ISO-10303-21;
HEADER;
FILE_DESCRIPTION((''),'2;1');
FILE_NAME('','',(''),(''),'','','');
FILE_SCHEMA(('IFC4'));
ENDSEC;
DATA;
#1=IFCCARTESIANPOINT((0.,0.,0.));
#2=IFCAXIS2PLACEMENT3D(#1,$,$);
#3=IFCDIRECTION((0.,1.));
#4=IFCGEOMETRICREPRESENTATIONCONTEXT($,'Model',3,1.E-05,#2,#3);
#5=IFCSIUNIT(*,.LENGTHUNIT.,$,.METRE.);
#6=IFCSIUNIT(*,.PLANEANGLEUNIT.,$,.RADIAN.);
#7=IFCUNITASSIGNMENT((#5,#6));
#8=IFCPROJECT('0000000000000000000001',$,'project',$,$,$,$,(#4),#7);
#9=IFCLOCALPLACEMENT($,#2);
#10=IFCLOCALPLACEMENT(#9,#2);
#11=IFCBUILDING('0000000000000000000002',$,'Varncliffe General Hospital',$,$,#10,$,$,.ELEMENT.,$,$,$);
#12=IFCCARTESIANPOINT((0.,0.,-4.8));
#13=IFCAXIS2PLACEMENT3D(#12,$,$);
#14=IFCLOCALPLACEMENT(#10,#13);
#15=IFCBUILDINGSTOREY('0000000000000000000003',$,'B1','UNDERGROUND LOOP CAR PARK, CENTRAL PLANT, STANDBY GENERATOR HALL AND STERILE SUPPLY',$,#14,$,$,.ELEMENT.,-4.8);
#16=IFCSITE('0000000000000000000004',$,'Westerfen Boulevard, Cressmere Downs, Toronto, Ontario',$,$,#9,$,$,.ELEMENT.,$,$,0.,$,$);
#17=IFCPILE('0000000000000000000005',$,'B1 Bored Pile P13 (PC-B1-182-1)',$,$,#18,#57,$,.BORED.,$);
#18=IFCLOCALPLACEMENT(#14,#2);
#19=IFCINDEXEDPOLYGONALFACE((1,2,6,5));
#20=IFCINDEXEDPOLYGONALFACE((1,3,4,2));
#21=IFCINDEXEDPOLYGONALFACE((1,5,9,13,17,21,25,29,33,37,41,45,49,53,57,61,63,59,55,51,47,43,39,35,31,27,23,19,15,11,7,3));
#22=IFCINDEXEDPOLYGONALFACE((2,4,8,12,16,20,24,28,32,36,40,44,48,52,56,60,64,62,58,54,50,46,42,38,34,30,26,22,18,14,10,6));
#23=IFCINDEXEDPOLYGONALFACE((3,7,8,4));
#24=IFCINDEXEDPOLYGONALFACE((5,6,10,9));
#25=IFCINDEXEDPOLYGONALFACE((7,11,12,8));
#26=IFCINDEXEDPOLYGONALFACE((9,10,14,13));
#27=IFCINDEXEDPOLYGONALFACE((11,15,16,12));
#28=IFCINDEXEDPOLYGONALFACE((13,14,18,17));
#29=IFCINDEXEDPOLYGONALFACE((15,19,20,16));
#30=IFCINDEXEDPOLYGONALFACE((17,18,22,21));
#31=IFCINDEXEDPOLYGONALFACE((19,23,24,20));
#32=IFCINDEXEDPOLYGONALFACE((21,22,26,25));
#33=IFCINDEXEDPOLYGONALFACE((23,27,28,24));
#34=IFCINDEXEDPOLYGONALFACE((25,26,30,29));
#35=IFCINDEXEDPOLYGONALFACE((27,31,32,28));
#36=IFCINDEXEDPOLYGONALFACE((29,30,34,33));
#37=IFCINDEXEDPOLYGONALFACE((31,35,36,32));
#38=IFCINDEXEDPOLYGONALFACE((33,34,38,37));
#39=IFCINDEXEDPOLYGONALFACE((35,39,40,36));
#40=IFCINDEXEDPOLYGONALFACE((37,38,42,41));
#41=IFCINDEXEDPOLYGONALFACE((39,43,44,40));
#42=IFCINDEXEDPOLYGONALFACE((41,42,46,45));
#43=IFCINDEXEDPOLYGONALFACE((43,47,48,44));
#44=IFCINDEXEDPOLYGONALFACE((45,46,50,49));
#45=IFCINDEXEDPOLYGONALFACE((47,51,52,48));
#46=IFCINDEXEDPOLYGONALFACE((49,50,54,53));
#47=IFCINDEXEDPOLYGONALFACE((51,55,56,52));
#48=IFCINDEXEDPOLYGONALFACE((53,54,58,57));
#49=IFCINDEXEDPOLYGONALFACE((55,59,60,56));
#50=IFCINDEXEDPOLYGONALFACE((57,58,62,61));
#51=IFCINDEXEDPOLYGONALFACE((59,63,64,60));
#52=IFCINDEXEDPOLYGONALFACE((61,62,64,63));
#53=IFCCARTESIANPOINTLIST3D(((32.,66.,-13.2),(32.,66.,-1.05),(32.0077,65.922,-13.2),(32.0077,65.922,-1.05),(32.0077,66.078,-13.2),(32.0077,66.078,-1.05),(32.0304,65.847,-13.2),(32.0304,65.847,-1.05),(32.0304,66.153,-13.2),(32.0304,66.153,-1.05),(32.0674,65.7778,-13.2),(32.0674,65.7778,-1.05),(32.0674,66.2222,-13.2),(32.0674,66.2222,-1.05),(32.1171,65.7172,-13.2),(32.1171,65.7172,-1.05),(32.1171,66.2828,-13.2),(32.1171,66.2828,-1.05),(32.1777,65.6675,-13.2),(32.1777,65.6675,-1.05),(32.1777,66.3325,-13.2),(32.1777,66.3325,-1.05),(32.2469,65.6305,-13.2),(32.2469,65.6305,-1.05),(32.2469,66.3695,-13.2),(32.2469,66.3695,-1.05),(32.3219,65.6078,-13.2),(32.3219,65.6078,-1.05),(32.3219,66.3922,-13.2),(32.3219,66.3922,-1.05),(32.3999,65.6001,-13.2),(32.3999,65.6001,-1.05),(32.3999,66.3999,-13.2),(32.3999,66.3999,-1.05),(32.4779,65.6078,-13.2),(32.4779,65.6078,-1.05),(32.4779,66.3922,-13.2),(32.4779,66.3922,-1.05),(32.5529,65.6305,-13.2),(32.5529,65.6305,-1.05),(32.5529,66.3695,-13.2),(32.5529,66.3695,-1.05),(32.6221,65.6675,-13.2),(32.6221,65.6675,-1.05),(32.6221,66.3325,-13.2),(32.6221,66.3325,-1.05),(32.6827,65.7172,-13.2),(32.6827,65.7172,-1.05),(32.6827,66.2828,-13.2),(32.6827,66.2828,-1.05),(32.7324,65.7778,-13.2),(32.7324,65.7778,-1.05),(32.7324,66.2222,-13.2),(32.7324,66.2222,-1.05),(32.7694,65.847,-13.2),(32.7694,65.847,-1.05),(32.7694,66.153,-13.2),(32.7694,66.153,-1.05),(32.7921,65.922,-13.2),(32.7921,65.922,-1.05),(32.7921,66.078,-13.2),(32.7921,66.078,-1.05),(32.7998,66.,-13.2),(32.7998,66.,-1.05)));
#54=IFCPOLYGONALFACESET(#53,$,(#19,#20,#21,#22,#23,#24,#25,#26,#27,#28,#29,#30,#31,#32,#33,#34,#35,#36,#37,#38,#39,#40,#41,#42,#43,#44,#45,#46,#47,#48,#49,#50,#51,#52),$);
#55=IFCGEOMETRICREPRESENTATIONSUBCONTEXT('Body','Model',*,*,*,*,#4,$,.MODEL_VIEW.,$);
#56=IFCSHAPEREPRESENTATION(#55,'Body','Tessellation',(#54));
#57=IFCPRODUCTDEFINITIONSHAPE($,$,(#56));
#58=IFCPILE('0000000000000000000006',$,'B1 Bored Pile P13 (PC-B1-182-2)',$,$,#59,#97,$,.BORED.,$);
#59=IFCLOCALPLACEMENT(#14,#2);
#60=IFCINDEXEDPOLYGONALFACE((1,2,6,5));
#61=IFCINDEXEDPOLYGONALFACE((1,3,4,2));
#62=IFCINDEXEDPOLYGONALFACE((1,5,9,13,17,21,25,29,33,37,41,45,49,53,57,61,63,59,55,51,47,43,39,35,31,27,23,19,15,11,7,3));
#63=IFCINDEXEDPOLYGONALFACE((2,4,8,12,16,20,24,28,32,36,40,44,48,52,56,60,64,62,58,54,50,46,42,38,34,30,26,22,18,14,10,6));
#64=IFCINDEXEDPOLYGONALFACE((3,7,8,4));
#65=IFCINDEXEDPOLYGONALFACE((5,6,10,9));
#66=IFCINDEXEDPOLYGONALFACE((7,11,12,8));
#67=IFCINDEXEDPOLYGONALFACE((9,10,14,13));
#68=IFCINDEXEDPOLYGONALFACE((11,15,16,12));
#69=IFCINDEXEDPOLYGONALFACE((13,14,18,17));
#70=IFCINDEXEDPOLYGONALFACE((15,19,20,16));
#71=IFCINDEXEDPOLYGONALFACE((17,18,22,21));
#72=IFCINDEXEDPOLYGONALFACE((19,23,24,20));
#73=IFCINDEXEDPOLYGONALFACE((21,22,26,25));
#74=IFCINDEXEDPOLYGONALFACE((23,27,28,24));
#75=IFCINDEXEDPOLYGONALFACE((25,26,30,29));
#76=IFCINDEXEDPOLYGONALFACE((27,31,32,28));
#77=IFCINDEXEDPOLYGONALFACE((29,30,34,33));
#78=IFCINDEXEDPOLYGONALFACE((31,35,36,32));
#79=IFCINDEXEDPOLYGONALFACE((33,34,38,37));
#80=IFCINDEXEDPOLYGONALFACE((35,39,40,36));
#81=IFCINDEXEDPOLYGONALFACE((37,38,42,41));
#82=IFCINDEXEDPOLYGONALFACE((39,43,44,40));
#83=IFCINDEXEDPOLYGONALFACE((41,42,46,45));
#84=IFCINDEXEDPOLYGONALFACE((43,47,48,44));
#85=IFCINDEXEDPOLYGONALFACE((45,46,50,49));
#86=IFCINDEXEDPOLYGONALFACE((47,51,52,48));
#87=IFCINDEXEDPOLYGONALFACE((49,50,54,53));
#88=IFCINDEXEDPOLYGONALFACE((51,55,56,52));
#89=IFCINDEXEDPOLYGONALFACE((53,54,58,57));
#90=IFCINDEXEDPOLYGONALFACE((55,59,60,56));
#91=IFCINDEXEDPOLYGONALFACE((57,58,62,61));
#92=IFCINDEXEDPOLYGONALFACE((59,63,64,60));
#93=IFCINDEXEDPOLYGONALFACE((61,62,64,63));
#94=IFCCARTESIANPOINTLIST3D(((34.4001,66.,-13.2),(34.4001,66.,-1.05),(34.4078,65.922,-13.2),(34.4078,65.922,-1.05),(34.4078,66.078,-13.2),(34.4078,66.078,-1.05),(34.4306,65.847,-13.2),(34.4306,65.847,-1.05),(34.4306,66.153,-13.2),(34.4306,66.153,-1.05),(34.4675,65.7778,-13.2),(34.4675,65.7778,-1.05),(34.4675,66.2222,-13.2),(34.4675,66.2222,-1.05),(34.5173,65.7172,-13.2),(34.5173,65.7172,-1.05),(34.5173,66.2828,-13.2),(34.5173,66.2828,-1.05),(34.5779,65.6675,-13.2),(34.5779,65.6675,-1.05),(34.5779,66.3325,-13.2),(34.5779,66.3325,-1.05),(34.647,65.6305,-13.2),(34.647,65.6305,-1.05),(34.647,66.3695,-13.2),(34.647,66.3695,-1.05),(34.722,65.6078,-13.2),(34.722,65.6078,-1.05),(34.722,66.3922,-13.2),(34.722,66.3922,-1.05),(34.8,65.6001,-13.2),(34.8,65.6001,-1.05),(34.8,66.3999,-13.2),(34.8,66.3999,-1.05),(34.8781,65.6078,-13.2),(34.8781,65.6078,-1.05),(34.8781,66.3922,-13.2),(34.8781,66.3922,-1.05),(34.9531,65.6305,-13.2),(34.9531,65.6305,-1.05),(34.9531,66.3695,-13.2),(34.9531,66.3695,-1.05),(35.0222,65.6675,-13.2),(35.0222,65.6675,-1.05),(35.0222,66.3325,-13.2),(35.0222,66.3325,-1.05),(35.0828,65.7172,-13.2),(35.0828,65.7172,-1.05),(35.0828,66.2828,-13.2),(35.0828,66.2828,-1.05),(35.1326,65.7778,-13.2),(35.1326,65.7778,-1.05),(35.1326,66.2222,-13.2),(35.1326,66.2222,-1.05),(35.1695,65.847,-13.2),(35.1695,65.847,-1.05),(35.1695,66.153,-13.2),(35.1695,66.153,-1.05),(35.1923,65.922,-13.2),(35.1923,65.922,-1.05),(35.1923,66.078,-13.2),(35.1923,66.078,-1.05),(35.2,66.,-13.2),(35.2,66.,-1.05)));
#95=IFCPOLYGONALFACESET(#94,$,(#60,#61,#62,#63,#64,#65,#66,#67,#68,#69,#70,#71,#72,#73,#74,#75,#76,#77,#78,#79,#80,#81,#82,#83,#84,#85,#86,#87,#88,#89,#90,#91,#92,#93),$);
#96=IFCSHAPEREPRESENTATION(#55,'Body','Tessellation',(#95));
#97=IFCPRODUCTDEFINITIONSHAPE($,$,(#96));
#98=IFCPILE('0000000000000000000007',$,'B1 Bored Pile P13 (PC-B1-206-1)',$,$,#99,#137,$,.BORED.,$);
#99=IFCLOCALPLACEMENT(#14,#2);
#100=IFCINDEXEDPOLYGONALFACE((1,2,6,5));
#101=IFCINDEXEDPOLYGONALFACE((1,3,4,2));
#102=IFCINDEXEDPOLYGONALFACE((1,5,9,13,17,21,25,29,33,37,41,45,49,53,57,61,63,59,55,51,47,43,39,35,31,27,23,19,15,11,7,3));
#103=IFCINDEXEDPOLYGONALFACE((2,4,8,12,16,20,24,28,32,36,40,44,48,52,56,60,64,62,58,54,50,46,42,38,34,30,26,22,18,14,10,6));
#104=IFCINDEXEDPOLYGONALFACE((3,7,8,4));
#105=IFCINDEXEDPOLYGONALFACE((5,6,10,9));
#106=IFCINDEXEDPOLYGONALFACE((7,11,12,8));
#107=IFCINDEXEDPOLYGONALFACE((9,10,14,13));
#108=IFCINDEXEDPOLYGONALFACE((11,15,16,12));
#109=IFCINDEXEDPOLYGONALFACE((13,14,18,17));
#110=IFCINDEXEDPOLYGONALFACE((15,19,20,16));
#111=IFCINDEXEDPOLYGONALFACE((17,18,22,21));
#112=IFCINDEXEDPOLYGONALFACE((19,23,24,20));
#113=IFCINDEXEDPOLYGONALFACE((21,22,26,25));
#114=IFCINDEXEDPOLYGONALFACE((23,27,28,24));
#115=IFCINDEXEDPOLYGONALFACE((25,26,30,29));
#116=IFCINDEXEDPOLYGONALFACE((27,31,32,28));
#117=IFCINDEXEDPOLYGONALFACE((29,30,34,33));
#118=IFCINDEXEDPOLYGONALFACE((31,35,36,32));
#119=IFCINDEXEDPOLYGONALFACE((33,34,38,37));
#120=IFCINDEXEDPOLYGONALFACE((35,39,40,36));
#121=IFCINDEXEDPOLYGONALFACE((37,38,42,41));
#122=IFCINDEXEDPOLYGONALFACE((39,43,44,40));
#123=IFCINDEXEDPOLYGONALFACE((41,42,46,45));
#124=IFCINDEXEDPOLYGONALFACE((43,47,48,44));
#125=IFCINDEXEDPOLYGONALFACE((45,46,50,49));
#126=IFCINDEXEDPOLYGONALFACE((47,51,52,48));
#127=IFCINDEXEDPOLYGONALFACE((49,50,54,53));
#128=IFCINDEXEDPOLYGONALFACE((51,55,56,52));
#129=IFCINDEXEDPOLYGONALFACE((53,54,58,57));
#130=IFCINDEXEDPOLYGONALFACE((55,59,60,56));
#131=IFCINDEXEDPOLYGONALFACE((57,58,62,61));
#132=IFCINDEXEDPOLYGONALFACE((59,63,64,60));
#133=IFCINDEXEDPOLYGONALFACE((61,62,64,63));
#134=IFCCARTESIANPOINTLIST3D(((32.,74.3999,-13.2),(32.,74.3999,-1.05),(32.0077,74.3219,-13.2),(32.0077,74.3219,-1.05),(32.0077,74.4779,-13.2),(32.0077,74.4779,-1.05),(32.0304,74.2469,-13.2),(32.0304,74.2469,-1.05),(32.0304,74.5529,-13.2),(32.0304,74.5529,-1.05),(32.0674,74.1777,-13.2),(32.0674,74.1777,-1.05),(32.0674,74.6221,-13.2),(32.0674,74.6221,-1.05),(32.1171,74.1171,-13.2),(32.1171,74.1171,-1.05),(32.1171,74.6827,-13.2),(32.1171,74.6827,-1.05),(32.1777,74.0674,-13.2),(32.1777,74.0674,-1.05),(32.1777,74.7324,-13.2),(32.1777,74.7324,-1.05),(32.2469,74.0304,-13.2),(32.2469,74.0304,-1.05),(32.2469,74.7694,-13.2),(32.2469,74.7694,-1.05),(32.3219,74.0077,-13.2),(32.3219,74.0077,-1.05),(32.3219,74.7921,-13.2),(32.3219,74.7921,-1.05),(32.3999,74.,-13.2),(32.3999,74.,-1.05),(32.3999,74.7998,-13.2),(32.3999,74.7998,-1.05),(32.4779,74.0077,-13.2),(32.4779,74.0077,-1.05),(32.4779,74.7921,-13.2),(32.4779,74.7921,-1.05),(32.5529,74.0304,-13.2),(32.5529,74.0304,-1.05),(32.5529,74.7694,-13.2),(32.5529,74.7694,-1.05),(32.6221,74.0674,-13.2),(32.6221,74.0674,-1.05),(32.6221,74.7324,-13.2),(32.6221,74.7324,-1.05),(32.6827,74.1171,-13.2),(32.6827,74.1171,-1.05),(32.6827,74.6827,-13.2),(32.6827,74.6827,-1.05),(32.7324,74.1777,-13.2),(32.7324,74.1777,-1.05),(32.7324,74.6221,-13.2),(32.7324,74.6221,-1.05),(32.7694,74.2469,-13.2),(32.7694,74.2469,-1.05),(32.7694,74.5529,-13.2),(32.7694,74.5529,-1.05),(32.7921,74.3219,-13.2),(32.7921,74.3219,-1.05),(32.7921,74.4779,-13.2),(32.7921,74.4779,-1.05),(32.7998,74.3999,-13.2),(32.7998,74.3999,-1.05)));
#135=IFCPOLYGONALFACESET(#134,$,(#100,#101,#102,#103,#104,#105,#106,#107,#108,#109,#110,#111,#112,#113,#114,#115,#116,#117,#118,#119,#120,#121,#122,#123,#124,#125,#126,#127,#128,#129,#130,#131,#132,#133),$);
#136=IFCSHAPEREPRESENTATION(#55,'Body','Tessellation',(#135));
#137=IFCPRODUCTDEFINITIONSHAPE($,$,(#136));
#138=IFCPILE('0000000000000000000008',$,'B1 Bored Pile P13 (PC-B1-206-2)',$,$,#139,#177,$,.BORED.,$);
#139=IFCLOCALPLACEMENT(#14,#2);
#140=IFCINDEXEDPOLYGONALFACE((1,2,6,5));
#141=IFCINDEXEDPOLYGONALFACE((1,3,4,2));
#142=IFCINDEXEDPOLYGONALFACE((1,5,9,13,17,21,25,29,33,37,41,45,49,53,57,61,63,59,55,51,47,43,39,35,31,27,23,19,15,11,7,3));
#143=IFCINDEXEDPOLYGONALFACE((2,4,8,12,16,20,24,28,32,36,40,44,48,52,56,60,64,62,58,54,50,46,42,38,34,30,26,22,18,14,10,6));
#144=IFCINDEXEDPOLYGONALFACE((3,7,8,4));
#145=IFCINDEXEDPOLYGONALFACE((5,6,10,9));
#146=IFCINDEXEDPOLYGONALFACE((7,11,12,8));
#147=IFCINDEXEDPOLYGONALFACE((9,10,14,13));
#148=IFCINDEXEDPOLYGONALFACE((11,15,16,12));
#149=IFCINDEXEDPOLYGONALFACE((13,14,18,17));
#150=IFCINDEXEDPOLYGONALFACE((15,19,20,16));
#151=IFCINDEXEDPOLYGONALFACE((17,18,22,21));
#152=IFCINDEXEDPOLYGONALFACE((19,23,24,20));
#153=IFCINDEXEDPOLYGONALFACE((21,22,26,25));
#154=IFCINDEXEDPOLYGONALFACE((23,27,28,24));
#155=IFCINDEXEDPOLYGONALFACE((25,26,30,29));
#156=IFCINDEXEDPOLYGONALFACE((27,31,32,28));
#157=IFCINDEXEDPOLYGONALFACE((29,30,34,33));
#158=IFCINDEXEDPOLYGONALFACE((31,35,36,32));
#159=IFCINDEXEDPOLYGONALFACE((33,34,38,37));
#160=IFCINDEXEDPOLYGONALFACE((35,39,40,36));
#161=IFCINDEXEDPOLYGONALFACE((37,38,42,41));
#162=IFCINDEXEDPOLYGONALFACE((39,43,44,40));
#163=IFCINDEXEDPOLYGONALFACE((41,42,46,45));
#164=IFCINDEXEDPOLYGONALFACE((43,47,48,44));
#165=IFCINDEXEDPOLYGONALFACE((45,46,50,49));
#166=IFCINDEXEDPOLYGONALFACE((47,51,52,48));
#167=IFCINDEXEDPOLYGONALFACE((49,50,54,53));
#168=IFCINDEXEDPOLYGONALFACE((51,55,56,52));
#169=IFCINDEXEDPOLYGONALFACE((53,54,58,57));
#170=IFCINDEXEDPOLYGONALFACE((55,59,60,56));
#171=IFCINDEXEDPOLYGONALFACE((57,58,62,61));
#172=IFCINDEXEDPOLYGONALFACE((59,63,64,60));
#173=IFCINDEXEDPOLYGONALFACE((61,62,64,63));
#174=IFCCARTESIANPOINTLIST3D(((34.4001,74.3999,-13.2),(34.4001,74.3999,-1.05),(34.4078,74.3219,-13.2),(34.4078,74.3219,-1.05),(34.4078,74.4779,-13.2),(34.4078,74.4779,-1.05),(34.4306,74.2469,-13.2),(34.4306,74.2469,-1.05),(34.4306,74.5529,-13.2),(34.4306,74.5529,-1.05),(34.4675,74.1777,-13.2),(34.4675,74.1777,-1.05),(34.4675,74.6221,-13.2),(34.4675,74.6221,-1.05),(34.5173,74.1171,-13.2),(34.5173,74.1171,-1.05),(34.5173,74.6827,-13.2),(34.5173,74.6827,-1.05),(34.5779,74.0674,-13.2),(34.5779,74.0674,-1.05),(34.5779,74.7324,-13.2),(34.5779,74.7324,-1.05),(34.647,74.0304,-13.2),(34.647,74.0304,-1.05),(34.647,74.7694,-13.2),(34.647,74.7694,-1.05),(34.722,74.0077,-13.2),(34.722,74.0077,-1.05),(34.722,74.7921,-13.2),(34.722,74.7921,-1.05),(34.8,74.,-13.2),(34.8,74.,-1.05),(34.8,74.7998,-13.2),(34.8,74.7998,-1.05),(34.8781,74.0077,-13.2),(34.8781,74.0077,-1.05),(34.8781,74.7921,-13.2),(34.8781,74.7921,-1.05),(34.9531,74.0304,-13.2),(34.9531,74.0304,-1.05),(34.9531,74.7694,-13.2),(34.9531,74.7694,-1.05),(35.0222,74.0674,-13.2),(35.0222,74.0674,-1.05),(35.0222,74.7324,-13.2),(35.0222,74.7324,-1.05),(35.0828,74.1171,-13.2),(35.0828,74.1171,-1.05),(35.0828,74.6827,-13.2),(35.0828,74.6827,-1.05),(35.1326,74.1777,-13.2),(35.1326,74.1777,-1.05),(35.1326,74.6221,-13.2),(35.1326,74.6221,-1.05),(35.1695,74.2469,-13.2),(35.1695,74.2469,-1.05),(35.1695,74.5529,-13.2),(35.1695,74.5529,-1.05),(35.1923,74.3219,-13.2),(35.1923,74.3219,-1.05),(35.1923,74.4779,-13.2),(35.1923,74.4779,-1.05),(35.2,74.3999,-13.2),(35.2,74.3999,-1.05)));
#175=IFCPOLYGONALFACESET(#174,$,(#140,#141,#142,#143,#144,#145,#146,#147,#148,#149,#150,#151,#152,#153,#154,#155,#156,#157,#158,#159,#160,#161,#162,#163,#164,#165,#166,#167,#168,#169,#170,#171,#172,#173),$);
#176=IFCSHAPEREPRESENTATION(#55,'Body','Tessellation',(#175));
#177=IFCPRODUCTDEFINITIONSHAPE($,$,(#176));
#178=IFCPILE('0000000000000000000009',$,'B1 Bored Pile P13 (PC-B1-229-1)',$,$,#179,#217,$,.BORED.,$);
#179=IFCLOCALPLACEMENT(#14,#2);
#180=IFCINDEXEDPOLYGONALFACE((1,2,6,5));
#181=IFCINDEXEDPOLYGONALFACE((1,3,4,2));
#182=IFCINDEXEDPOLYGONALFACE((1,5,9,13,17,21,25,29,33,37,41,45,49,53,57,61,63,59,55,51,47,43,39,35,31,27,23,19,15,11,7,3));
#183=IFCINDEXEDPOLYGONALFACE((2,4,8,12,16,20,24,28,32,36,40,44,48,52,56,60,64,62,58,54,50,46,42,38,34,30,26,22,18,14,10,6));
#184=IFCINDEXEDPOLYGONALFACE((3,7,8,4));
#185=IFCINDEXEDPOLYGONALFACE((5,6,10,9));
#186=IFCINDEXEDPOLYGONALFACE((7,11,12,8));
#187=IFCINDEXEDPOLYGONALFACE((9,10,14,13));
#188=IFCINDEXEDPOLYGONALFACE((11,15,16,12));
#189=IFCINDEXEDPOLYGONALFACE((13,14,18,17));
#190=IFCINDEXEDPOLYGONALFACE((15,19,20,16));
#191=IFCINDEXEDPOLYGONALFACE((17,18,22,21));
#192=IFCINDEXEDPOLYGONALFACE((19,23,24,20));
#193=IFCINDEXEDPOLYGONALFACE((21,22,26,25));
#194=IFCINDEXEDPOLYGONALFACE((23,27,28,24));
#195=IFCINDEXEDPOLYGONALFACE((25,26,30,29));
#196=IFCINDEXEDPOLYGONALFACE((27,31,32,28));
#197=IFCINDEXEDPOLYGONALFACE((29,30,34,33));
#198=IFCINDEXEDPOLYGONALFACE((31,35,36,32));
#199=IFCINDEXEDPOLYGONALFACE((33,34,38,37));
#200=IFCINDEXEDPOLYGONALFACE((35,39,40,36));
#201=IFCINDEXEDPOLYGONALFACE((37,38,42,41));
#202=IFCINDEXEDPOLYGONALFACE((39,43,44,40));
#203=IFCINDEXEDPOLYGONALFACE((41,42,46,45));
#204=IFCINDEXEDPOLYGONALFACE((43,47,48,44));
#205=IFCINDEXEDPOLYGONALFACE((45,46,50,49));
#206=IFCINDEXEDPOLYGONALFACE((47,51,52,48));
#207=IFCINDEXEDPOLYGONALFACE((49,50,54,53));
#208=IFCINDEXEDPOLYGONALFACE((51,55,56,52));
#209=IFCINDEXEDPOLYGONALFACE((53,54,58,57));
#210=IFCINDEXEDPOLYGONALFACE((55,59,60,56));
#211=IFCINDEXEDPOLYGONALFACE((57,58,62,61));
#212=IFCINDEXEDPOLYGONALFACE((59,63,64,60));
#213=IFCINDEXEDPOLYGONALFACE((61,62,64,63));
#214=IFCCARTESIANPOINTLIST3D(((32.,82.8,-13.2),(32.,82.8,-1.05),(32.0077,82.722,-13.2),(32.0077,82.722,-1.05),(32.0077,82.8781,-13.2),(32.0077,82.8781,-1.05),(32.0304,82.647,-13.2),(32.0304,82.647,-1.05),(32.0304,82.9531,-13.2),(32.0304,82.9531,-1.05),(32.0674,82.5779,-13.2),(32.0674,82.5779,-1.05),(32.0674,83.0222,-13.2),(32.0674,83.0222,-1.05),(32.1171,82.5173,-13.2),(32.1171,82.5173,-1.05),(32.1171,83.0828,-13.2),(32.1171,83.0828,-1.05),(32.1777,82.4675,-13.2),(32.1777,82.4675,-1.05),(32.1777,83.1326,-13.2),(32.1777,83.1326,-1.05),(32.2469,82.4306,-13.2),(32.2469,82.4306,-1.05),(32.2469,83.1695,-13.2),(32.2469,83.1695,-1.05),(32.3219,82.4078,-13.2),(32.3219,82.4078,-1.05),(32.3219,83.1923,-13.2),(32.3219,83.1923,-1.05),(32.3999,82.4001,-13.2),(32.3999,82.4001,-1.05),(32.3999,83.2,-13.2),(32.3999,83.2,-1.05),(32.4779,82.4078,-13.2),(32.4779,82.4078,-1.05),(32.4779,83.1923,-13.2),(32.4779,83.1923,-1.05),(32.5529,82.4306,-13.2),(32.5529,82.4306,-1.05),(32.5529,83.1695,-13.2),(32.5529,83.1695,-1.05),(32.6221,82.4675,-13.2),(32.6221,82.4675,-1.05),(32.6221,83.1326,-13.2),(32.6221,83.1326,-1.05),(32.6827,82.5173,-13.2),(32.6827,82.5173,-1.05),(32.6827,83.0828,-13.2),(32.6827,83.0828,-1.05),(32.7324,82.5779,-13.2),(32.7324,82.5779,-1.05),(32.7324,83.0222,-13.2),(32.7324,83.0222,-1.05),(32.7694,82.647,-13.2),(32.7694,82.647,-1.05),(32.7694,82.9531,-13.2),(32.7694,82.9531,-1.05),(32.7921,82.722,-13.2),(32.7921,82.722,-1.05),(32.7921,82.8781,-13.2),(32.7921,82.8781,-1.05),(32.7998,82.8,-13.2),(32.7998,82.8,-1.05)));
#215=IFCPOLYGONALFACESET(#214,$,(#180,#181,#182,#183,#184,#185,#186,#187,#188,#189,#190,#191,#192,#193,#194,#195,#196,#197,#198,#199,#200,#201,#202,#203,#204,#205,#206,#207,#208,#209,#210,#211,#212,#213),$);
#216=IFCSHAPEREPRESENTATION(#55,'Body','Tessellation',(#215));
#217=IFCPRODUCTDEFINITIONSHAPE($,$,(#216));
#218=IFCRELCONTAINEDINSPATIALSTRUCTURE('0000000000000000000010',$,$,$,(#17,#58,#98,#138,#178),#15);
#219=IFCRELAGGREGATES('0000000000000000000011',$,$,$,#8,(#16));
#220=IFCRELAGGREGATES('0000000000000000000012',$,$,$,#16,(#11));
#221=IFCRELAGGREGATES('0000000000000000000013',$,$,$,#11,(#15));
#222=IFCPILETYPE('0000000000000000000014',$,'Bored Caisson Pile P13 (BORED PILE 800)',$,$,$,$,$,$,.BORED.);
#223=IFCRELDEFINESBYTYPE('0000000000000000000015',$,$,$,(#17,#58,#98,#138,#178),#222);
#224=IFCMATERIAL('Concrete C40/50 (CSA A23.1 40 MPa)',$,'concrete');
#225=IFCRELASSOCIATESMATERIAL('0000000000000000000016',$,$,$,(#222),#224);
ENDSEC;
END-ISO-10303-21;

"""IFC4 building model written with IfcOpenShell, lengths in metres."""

from ifc_helpers import new_model, si_unit, direction, frame, origin, origin_2d, place, context, subcontext, project, spatial, circle, extrude, material, material_profile, profile_set, type_object, element, save


model = new_model("IFC4")

# Units and contexts
model_context = context("Model", 3, precision=1e-05, world=origin(), true_north=direction((0.0, 1.0)))
body_context = subcontext(model_context, "Body", "Model", "MODEL_VIEW")
ifc_project = project(units=[si_unit("LENGTHUNIT", "METRE"), si_unit("PLANEANGLEUNIT", "RADIAN")], contexts=[model_context])

# Site, building, storey
site_placement = place(None, origin())
site = spatial("IfcSite", under=ifc_project, at=site_placement, Name="Westerfen Boulevard, Cressmere Downs, Toronto, Ontario", CompositionType="ELEMENT", RefElevation=0.0)
building_placement = place(site_placement, origin())
building = spatial("IfcBuilding", under=site, at=building_placement, Name="Varncliffe General Hospital", CompositionType="ELEMENT")
storey_placement = place(building_placement, frame((0.0, 0.0, -4.8)))
storey = spatial("IfcBuildingStorey", under=building, at=storey_placement, Name="B1", Description="UNDERGROUND LOOP CAR PARK, CENTRAL PLANT, STANDBY GENERATOR HALL AND STERILE SUPPLY", CompositionType="ELEMENT", Elevation=-4.8)

# Piles
ifc_material_1 = material(Name="Concrete C40/50 (CSA A23.1 40 MPa)", Category="concrete")
ifc_material_profile_1 = material_profile(ifc_material_1, circle(Radius=0.3999, at=origin_2d()), Name="BORED PILE 800")
ifc_profile_set_1 = profile_set([ifc_material_profile_1], Name="Concrete C40/50 (CSA A23.1 40 MPa)")
pile_type = type_object("IfcPileType", Name="Bored Caisson Pile P13 (BORED PILE 800)", PredefinedType="BORED", material=ifc_profile_set_1)
for number, where, z_axis, x_axis, name in (
    (1, (32.3999, 66.0, -1.05), (0.0, 0.0, -1.0), (1.0, 0.0, 0.0), "B1 Bored Pile P13 (PC-B1-182-1)"),
    (2, (34.8, 66.0, -1.05), (0.0, 0.0, -1.0), (1.0, 0.0, 0.0), "B1 Bored Pile P13 (PC-B1-182-2)"),
    (3, (32.3999, 74.3999, -1.05), (0.0, 0.0, -1.0), (1.0, 0.0, 0.0), "B1 Bored Pile P13 (PC-B1-206-1)"),
    (4, (34.8, 74.3999, -1.05), (0.0, 0.0, -1.0), (1.0, 0.0, 0.0), "B1 Bored Pile P13 (PC-B1-206-2)"),
    (5, (32.3999, 82.8, -1.05), (0.0, 0.0, -1.0), (1.0, 0.0, 0.0), "B1 Bored Pile P13 (PC-B1-229-1)"),
):
    element("IfcPile", number, at=place(storey_placement, frame(where, z_axis=z_axis, x_axis=x_axis)), inside=storey, type_object=pile_type, Name=name, PredefinedType="BORED", context=body_context, shape_type="SweptSolid", body=[
        extrude(circle(Radius=0.3999, at=origin_2d()), origin(), (0.0, 0.0, 1.0), 12.1499),
    ])

save(model, "model.ifc")
